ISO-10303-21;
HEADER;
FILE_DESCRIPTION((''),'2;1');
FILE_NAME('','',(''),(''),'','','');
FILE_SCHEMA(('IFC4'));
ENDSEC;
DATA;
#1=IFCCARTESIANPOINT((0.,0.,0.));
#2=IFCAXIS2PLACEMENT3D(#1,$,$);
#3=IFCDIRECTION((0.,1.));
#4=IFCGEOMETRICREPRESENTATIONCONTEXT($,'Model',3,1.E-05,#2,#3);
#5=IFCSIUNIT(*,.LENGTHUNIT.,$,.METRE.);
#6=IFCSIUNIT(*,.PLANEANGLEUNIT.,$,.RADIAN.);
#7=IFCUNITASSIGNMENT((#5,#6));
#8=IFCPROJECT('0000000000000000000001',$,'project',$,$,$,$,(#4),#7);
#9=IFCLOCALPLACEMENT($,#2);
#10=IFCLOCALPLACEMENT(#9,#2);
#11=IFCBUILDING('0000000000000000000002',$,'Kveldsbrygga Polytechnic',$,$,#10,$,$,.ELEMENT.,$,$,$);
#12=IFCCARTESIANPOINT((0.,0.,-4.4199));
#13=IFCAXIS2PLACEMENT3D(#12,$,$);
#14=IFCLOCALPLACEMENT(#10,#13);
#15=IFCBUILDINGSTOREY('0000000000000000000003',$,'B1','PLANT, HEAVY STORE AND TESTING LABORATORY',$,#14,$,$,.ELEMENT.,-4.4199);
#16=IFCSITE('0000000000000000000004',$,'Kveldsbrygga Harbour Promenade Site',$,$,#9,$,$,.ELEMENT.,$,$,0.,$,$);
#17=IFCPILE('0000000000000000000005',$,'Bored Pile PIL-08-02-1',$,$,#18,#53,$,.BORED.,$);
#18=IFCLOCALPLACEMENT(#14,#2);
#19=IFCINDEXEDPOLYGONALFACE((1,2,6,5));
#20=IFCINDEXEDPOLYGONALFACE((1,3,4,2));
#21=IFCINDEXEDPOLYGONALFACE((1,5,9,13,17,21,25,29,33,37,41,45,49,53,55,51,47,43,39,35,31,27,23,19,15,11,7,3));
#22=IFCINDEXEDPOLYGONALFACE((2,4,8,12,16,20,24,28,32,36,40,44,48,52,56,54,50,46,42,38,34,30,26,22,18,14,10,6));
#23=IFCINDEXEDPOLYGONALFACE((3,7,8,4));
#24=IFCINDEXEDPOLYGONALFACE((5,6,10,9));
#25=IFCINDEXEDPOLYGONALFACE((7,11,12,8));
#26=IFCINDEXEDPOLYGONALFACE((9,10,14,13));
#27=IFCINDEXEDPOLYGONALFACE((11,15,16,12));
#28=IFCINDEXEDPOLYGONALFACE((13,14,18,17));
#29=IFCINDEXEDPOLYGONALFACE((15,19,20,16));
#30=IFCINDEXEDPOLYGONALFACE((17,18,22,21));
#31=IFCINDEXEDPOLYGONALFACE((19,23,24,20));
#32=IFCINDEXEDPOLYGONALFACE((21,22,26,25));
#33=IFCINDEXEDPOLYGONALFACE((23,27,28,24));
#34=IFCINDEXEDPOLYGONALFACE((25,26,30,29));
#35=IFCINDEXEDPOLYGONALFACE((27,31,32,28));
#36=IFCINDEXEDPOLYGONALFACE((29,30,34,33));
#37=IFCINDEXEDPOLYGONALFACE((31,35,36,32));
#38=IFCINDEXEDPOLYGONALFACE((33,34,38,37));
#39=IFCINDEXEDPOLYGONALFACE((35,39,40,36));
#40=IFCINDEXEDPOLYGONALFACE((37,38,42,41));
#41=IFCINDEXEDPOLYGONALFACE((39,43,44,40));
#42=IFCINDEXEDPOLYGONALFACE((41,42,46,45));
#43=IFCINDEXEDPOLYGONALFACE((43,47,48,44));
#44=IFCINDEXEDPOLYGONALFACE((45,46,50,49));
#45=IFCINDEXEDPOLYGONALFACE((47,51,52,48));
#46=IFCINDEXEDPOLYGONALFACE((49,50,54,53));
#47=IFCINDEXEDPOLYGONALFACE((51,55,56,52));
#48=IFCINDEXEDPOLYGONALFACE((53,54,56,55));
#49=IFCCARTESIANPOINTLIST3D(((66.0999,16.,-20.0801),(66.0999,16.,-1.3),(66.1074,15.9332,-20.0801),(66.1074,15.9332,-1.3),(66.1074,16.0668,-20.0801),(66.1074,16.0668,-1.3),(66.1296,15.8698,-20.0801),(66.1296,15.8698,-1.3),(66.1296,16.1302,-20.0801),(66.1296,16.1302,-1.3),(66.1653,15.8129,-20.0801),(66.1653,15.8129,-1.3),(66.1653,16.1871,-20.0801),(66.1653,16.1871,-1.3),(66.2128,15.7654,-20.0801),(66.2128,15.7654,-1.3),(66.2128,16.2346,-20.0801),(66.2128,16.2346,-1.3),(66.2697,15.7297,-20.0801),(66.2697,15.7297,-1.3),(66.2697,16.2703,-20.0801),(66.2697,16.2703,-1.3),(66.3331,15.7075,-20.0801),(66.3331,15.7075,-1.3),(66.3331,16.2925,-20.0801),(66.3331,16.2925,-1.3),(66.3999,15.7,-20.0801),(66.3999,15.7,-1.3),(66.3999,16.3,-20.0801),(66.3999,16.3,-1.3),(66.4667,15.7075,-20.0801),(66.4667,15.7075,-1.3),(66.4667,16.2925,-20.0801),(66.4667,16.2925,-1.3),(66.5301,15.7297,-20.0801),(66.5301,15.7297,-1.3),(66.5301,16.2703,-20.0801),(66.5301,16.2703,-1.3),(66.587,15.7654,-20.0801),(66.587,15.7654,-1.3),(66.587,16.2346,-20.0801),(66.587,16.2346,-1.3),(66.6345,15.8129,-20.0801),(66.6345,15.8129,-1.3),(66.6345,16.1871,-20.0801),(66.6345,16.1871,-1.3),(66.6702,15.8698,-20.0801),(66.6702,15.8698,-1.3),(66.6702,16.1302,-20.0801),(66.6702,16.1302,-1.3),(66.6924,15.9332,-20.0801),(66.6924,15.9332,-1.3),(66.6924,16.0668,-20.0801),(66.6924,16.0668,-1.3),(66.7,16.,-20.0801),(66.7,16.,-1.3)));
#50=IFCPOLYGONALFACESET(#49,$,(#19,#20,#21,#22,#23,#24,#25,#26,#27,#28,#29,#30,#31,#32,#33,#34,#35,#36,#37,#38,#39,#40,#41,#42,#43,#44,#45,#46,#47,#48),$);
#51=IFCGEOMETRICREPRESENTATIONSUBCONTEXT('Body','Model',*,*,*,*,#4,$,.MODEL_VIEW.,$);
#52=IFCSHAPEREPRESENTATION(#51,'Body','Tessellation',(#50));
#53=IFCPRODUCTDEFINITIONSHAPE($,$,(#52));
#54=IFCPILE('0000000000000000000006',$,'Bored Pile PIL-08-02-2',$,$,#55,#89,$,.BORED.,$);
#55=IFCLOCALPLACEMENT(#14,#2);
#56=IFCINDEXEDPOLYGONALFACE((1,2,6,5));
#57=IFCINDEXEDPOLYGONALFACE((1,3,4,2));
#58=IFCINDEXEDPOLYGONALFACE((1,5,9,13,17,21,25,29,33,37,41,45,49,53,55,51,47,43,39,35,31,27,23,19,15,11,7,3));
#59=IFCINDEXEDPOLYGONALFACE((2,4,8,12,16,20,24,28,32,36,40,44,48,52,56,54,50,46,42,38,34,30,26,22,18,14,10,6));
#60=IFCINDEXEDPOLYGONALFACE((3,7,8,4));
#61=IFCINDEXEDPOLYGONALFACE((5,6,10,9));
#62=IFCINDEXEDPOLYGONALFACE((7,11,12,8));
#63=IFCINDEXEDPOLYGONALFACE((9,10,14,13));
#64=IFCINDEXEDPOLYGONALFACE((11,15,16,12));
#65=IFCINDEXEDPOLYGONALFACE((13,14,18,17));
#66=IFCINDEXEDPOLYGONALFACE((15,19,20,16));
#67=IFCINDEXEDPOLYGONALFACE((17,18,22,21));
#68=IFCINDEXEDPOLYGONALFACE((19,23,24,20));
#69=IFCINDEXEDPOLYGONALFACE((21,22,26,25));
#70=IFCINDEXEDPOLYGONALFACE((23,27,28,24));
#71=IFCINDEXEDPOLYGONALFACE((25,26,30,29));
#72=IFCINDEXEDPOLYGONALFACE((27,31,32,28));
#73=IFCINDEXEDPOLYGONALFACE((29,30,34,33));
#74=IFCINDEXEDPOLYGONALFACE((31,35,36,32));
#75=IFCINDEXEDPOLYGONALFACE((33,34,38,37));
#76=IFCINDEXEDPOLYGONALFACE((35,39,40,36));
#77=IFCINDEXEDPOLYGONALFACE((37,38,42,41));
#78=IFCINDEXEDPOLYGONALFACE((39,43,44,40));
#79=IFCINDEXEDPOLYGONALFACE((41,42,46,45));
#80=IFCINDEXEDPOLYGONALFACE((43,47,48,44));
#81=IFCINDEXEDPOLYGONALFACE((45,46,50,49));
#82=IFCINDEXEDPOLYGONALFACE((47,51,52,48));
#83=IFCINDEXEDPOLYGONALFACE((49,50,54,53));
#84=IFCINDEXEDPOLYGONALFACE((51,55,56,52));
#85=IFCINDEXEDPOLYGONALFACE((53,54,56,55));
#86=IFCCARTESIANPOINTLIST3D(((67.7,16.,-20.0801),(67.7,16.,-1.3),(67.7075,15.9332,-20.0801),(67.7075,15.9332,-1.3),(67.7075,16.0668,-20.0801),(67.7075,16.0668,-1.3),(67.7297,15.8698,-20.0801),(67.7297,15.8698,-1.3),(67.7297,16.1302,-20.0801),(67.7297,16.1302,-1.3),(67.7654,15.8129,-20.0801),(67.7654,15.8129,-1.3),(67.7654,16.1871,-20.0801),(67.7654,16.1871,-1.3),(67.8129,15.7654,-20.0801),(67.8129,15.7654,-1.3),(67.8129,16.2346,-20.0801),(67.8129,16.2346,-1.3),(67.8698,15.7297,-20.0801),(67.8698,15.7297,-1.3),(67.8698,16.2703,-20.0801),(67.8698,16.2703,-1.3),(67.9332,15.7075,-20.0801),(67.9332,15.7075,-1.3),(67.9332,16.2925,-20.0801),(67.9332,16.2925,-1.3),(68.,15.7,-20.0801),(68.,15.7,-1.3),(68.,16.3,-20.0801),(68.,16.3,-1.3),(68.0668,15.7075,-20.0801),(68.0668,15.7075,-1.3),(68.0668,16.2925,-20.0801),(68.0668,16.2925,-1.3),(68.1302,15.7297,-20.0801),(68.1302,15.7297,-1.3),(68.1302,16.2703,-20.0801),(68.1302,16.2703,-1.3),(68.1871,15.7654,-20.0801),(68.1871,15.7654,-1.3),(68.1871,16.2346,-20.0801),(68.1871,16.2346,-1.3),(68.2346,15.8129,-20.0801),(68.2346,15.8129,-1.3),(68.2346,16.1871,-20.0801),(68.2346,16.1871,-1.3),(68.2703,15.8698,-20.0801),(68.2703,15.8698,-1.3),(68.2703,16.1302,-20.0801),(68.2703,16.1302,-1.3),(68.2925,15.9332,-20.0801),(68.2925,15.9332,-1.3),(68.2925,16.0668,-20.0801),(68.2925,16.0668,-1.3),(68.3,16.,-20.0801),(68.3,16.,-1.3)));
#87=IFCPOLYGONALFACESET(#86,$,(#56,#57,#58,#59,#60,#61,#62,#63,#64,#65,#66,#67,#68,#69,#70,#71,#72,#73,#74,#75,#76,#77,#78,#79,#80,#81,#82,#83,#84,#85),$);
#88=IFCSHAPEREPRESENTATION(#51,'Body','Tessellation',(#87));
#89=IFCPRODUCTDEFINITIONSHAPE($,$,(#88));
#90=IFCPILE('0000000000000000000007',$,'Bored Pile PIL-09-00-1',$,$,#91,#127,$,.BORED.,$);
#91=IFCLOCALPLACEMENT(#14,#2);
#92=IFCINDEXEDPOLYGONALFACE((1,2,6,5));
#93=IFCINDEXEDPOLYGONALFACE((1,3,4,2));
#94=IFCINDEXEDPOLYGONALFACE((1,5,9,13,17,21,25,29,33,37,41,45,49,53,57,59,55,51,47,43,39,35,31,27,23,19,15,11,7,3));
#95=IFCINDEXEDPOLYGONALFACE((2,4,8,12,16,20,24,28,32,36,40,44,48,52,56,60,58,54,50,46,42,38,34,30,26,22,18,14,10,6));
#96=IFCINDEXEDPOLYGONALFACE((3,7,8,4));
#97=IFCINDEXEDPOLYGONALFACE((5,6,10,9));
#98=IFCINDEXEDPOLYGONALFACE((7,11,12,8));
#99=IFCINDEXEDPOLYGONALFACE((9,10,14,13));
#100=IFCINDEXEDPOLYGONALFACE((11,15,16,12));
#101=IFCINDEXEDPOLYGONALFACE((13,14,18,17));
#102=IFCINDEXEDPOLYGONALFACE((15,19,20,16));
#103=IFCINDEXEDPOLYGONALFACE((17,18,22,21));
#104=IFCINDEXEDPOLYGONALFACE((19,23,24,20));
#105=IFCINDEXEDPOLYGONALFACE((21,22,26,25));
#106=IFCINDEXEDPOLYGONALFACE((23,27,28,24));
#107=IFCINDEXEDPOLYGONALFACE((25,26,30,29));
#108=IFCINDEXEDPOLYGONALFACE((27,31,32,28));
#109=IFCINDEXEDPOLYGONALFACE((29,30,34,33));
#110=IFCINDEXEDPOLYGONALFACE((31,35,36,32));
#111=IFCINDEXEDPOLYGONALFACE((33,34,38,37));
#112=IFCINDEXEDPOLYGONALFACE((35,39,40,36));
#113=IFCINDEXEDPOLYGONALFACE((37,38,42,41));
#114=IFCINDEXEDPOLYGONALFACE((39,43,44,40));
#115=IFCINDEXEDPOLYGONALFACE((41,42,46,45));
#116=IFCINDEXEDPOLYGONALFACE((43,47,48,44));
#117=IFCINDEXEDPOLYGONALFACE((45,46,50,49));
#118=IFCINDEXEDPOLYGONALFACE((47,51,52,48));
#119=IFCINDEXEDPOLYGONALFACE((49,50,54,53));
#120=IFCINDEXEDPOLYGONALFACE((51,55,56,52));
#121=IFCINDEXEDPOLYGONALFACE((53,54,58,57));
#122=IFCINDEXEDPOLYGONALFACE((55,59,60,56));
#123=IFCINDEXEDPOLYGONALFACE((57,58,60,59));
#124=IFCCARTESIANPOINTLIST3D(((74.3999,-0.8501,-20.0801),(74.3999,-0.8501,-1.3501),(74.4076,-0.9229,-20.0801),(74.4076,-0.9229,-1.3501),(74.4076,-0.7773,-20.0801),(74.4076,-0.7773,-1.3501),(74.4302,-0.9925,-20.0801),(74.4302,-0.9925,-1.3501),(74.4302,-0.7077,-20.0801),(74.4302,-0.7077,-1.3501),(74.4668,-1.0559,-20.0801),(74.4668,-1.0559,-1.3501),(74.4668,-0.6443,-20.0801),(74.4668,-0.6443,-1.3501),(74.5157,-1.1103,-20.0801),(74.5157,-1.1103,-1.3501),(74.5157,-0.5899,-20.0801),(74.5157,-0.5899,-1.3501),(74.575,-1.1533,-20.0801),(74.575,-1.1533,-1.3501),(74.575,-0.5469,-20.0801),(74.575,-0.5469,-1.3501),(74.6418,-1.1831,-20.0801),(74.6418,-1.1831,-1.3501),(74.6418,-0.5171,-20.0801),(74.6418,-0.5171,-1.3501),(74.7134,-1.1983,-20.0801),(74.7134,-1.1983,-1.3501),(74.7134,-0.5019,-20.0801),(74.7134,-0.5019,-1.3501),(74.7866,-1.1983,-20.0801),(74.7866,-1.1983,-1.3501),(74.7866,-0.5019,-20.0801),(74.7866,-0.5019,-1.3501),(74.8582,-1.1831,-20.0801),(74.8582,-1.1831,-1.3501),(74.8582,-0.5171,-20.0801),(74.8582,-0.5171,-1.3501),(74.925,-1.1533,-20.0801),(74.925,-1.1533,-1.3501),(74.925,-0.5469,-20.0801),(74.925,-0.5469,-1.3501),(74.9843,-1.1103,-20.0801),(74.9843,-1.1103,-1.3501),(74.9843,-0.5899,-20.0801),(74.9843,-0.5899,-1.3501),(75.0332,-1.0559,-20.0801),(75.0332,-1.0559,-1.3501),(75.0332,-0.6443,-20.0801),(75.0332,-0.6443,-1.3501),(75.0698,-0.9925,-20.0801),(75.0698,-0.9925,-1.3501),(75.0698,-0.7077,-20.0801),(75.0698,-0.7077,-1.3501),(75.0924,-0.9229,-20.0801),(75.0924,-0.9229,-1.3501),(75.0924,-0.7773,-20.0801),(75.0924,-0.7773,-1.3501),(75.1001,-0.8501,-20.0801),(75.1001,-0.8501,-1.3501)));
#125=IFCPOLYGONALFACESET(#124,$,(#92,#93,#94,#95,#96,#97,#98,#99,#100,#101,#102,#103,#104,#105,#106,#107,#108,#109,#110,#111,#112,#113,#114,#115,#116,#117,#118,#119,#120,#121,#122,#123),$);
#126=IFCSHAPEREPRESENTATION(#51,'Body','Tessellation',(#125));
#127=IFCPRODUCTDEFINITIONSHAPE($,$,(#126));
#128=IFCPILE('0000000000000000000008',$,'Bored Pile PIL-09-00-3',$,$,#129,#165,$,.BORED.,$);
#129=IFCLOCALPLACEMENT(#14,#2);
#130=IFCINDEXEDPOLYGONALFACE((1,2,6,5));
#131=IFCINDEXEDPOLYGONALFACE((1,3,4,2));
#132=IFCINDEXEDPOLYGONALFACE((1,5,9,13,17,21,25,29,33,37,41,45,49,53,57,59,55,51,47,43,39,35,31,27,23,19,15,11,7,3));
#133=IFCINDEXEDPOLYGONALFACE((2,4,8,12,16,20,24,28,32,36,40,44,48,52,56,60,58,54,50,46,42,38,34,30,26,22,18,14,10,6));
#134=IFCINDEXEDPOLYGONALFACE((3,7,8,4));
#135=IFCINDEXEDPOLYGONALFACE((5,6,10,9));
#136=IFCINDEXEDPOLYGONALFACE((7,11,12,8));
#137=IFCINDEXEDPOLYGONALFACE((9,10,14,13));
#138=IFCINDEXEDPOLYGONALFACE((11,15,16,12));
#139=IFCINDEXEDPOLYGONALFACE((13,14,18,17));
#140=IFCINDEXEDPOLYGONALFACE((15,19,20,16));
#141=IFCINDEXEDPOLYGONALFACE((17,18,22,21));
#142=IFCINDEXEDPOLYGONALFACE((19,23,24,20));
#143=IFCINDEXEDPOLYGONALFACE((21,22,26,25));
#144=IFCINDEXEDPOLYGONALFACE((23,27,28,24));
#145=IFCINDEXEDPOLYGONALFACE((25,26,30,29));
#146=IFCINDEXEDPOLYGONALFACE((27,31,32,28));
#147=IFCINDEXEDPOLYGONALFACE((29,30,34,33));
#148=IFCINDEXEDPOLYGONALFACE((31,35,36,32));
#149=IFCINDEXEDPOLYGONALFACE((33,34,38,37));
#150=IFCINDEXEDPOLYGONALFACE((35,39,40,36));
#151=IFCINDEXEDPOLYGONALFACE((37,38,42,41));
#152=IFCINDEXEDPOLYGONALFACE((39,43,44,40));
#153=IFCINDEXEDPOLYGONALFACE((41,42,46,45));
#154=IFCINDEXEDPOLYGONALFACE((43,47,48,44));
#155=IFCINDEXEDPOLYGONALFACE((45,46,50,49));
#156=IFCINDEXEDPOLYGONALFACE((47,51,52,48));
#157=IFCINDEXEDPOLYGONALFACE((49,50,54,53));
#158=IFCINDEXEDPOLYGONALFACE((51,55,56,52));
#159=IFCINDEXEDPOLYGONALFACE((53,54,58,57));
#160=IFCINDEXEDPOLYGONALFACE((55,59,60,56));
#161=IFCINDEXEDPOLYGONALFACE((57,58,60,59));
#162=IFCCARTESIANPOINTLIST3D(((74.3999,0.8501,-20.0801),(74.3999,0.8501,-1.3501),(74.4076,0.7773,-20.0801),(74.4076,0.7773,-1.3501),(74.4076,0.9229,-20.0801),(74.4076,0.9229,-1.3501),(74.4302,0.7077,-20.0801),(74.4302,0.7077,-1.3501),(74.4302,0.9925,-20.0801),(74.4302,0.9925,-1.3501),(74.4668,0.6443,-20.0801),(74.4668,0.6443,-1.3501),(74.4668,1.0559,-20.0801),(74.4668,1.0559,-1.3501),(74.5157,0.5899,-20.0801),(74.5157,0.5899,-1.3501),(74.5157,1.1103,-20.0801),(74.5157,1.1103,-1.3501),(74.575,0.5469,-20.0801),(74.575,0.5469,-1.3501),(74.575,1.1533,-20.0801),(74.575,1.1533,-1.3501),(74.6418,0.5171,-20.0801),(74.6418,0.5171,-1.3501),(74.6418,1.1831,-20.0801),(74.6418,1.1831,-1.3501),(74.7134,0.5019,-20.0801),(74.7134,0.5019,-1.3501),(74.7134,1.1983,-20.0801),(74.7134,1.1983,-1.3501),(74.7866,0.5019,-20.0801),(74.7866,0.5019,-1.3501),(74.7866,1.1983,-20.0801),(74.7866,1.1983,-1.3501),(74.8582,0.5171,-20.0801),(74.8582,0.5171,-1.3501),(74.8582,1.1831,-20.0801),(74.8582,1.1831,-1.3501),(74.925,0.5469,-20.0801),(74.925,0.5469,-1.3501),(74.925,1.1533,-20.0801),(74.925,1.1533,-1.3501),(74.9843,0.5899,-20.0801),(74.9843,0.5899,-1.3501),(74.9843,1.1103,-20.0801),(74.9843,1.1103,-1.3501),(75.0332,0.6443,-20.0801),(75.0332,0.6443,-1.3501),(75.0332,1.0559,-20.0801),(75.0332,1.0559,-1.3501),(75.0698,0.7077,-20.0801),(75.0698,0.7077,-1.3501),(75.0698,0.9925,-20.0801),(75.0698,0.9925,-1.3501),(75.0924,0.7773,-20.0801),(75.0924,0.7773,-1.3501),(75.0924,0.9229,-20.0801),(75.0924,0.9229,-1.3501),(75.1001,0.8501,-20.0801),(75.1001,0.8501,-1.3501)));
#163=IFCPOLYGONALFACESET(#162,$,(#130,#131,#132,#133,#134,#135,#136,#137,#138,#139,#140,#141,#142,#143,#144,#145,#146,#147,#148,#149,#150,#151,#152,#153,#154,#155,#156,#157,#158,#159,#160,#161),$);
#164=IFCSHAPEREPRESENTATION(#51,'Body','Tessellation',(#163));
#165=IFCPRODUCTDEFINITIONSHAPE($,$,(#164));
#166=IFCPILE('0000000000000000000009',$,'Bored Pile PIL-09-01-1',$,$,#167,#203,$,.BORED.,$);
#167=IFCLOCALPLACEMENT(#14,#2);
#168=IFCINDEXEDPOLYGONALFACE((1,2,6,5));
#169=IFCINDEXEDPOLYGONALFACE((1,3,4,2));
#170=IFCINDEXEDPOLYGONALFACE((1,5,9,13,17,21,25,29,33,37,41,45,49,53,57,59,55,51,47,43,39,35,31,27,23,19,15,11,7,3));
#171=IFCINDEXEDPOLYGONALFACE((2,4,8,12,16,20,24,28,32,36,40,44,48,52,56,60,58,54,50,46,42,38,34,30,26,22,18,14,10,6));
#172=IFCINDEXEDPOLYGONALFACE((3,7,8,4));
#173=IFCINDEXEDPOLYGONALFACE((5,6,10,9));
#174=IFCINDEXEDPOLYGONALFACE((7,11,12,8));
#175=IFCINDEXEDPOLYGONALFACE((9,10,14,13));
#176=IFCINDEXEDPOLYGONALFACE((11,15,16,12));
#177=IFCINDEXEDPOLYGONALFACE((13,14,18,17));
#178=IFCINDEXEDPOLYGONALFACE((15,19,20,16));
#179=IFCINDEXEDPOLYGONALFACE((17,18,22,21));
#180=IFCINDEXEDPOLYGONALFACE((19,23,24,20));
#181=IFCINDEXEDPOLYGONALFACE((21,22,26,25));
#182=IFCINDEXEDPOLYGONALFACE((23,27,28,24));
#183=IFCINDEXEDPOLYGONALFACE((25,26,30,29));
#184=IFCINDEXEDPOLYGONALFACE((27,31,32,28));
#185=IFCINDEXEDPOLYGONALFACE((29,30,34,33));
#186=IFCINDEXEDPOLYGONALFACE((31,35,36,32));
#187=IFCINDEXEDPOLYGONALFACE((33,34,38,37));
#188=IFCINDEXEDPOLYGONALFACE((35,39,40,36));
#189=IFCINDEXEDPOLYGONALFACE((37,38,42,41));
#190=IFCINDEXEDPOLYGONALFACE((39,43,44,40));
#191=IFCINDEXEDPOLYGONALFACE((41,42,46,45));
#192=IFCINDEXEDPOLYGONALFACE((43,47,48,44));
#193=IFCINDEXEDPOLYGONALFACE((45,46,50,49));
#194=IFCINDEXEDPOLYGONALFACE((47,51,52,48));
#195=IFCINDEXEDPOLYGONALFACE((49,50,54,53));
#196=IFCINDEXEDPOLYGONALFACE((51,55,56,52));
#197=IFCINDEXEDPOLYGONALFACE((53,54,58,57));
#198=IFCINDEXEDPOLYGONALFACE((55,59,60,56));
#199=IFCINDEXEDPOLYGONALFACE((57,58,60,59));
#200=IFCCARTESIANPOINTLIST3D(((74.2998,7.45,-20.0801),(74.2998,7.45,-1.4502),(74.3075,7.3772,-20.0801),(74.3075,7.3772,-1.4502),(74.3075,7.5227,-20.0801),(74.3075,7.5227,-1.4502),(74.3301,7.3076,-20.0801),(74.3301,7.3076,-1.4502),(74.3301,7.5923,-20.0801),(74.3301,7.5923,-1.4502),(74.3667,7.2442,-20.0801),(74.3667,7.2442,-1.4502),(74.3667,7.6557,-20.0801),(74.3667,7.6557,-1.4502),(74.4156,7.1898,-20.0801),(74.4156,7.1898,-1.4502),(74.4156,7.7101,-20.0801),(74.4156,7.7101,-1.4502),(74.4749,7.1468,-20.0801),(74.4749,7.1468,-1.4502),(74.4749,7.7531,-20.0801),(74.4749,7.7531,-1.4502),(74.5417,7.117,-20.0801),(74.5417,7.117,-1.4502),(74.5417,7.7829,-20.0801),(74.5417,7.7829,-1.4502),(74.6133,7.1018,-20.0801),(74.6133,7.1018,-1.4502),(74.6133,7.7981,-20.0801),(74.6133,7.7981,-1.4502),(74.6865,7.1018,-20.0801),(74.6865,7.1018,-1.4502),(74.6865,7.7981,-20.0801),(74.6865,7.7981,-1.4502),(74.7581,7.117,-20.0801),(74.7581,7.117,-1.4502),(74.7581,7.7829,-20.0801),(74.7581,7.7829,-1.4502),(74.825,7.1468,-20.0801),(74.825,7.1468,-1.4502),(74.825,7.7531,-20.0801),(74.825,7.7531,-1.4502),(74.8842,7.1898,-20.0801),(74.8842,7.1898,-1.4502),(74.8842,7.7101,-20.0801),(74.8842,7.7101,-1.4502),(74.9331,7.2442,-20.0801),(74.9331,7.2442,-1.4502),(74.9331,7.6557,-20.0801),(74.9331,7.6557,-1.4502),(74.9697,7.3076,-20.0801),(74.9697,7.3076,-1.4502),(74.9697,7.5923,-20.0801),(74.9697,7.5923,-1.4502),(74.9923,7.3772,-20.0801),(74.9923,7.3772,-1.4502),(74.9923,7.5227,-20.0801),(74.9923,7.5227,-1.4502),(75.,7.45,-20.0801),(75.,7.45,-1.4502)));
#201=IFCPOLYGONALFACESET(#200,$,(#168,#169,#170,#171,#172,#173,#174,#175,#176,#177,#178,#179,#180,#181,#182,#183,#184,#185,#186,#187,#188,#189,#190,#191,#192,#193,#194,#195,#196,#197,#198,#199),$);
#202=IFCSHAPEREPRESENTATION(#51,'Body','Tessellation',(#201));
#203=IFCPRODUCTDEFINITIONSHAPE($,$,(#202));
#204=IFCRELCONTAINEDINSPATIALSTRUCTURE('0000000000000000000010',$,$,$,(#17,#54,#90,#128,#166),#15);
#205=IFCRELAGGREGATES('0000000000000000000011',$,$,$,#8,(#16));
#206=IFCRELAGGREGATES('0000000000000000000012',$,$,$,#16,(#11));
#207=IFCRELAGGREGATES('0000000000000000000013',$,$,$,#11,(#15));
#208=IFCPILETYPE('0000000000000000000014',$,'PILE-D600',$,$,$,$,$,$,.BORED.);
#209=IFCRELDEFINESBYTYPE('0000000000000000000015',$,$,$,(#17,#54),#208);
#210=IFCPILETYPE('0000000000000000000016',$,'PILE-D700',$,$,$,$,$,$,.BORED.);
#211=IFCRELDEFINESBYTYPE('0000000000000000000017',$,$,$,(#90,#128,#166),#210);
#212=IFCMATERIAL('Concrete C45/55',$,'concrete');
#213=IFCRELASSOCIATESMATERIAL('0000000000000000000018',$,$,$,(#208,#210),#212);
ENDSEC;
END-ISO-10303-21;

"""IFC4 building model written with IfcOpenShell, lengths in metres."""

from ifc_helpers import new_model, si_unit, direction, frame, origin, origin_2d, place, context, subcontext, project, spatial, circle, extrude, material, material_profile, profile_set, type_object, element, save


model = new_model("IFC4")

# Units and contexts
model_context = context("Model", 3, precision=1e-05, world=origin(), true_north=direction((0.0, 1.0)))
body_context = subcontext(model_context, "Body", "Model", "MODEL_VIEW")
ifc_project = project(units=[si_unit("LENGTHUNIT", "METRE"), si_unit("PLANEANGLEUNIT", "RADIAN")], contexts=[model_context])

# Site, building, storey
site_placement = place(None, origin())
site = spatial("IfcSite", under=ifc_project, at=site_placement, Name="Kveldsbrygga Harbour Promenade Site", CompositionType="ELEMENT", RefElevation=0.0)
building_placement = place(site_placement, origin())
building = spatial("IfcBuilding", under=site, at=building_placement, Name="Kveldsbrygga Polytechnic", CompositionType="ELEMENT")
storey_placement = place(building_placement, frame((0.0, 0.0, -4.4199)))
storey = spatial("IfcBuildingStorey", under=building, at=storey_placement, Name="B1", Description="PLANT, HEAVY STORE AND TESTING LABORATORY", CompositionType="ELEMENT", Elevation=-4.4199)

# Shared definitions
ifc_material_1 = material(Name="Concrete C45/55", Category="concrete")

# Piles
ifc_material_profile_1 = material_profile(ifc_material_1, circle(Radius=0.3, at=origin_2d()), Name="PILE D600")
ifc_profile_set_1 = profile_set([ifc_material_profile_1], Name="Concrete C45/55")
pile_type_1 = type_object("IfcPileType", Name="PILE-D600", PredefinedType="BORED", material=ifc_profile_set_1)
for number, where, z_axis, x_axis, name in (
    (1, (66.3999, 16.0, -1.3), (0.0, 0.0, -1.0), (1.0, 0.0, 0.0), "Bored Pile PIL-08-02-1"),
    (2, (68.0, 16.0, -1.3), (0.0, 0.0, -1.0), (1.0, 0.0, 0.0), "Bored Pile PIL-08-02-2"),
):
    element("IfcPile", number, at=place(storey_placement, frame(where, z_axis=z_axis, x_axis=x_axis)), inside=storey, type_object=pile_type_1, Name=name, PredefinedType="BORED", context=body_context, shape_type="SweptSolid", body=[
        extrude(circle(Radius=0.3, at=origin_2d()), origin(), (0.0, 0.0, 1.0), 18.78),
    ])
ifc_material_profile_2 = material_profile(ifc_material_1, circle(Radius=0.3501, at=origin_2d()), Name="PILE D700")
ifc_profile_set_2 = profile_set([ifc_material_profile_2], Name="Concrete C45/55")
pile_type_2 = type_object("IfcPileType", Name="PILE-D700", PredefinedType="BORED", material=ifc_profile_set_2)
for number, where, z_axis, x_axis, name in (
    (3, (74.75, -0.8501, -1.3501), (0.0, 0.0, -1.0), (1.0, 0.0, 0.0), "Bored Pile PIL-09-00-1"),
    (4, (74.75, 0.8501, -1.3501), (0.0, 0.0, -1.0), (1.0, 0.0, 0.0), "Bored Pile PIL-09-00-3"),
):
    element("IfcPile", number, at=place(storey_placement, frame(where, z_axis=z_axis, x_axis=x_axis)), inside=storey, type_object=pile_type_2, Name=name, PredefinedType="BORED", context=body_context, shape_type="SweptSolid", body=[
        extrude(circle(Radius=0.3501, at=origin_2d()), origin(), (0.0, 0.0, 1.0), 18.73),
    ])
for number, where, z_axis, x_axis, name in (
    (5, (74.6499, 7.45, -1.4502), (0.0, 0.0, -1.0), (1.0, 0.0, 0.0), "Bored Pile PIL-09-01-1"),
):
    element("IfcPile", number, at=place(storey_placement, frame(where, z_axis=z_axis, x_axis=x_axis)), inside=storey, type_object=pile_type_2, Name=name, PredefinedType="BORED", context=body_context, shape_type="SweptSolid", body=[
        extrude(circle(Radius=0.3501, at=origin_2d()), origin(), (0.0, 0.0, 1.0), 18.6299),
    ])

save(model, "model.ifc")
